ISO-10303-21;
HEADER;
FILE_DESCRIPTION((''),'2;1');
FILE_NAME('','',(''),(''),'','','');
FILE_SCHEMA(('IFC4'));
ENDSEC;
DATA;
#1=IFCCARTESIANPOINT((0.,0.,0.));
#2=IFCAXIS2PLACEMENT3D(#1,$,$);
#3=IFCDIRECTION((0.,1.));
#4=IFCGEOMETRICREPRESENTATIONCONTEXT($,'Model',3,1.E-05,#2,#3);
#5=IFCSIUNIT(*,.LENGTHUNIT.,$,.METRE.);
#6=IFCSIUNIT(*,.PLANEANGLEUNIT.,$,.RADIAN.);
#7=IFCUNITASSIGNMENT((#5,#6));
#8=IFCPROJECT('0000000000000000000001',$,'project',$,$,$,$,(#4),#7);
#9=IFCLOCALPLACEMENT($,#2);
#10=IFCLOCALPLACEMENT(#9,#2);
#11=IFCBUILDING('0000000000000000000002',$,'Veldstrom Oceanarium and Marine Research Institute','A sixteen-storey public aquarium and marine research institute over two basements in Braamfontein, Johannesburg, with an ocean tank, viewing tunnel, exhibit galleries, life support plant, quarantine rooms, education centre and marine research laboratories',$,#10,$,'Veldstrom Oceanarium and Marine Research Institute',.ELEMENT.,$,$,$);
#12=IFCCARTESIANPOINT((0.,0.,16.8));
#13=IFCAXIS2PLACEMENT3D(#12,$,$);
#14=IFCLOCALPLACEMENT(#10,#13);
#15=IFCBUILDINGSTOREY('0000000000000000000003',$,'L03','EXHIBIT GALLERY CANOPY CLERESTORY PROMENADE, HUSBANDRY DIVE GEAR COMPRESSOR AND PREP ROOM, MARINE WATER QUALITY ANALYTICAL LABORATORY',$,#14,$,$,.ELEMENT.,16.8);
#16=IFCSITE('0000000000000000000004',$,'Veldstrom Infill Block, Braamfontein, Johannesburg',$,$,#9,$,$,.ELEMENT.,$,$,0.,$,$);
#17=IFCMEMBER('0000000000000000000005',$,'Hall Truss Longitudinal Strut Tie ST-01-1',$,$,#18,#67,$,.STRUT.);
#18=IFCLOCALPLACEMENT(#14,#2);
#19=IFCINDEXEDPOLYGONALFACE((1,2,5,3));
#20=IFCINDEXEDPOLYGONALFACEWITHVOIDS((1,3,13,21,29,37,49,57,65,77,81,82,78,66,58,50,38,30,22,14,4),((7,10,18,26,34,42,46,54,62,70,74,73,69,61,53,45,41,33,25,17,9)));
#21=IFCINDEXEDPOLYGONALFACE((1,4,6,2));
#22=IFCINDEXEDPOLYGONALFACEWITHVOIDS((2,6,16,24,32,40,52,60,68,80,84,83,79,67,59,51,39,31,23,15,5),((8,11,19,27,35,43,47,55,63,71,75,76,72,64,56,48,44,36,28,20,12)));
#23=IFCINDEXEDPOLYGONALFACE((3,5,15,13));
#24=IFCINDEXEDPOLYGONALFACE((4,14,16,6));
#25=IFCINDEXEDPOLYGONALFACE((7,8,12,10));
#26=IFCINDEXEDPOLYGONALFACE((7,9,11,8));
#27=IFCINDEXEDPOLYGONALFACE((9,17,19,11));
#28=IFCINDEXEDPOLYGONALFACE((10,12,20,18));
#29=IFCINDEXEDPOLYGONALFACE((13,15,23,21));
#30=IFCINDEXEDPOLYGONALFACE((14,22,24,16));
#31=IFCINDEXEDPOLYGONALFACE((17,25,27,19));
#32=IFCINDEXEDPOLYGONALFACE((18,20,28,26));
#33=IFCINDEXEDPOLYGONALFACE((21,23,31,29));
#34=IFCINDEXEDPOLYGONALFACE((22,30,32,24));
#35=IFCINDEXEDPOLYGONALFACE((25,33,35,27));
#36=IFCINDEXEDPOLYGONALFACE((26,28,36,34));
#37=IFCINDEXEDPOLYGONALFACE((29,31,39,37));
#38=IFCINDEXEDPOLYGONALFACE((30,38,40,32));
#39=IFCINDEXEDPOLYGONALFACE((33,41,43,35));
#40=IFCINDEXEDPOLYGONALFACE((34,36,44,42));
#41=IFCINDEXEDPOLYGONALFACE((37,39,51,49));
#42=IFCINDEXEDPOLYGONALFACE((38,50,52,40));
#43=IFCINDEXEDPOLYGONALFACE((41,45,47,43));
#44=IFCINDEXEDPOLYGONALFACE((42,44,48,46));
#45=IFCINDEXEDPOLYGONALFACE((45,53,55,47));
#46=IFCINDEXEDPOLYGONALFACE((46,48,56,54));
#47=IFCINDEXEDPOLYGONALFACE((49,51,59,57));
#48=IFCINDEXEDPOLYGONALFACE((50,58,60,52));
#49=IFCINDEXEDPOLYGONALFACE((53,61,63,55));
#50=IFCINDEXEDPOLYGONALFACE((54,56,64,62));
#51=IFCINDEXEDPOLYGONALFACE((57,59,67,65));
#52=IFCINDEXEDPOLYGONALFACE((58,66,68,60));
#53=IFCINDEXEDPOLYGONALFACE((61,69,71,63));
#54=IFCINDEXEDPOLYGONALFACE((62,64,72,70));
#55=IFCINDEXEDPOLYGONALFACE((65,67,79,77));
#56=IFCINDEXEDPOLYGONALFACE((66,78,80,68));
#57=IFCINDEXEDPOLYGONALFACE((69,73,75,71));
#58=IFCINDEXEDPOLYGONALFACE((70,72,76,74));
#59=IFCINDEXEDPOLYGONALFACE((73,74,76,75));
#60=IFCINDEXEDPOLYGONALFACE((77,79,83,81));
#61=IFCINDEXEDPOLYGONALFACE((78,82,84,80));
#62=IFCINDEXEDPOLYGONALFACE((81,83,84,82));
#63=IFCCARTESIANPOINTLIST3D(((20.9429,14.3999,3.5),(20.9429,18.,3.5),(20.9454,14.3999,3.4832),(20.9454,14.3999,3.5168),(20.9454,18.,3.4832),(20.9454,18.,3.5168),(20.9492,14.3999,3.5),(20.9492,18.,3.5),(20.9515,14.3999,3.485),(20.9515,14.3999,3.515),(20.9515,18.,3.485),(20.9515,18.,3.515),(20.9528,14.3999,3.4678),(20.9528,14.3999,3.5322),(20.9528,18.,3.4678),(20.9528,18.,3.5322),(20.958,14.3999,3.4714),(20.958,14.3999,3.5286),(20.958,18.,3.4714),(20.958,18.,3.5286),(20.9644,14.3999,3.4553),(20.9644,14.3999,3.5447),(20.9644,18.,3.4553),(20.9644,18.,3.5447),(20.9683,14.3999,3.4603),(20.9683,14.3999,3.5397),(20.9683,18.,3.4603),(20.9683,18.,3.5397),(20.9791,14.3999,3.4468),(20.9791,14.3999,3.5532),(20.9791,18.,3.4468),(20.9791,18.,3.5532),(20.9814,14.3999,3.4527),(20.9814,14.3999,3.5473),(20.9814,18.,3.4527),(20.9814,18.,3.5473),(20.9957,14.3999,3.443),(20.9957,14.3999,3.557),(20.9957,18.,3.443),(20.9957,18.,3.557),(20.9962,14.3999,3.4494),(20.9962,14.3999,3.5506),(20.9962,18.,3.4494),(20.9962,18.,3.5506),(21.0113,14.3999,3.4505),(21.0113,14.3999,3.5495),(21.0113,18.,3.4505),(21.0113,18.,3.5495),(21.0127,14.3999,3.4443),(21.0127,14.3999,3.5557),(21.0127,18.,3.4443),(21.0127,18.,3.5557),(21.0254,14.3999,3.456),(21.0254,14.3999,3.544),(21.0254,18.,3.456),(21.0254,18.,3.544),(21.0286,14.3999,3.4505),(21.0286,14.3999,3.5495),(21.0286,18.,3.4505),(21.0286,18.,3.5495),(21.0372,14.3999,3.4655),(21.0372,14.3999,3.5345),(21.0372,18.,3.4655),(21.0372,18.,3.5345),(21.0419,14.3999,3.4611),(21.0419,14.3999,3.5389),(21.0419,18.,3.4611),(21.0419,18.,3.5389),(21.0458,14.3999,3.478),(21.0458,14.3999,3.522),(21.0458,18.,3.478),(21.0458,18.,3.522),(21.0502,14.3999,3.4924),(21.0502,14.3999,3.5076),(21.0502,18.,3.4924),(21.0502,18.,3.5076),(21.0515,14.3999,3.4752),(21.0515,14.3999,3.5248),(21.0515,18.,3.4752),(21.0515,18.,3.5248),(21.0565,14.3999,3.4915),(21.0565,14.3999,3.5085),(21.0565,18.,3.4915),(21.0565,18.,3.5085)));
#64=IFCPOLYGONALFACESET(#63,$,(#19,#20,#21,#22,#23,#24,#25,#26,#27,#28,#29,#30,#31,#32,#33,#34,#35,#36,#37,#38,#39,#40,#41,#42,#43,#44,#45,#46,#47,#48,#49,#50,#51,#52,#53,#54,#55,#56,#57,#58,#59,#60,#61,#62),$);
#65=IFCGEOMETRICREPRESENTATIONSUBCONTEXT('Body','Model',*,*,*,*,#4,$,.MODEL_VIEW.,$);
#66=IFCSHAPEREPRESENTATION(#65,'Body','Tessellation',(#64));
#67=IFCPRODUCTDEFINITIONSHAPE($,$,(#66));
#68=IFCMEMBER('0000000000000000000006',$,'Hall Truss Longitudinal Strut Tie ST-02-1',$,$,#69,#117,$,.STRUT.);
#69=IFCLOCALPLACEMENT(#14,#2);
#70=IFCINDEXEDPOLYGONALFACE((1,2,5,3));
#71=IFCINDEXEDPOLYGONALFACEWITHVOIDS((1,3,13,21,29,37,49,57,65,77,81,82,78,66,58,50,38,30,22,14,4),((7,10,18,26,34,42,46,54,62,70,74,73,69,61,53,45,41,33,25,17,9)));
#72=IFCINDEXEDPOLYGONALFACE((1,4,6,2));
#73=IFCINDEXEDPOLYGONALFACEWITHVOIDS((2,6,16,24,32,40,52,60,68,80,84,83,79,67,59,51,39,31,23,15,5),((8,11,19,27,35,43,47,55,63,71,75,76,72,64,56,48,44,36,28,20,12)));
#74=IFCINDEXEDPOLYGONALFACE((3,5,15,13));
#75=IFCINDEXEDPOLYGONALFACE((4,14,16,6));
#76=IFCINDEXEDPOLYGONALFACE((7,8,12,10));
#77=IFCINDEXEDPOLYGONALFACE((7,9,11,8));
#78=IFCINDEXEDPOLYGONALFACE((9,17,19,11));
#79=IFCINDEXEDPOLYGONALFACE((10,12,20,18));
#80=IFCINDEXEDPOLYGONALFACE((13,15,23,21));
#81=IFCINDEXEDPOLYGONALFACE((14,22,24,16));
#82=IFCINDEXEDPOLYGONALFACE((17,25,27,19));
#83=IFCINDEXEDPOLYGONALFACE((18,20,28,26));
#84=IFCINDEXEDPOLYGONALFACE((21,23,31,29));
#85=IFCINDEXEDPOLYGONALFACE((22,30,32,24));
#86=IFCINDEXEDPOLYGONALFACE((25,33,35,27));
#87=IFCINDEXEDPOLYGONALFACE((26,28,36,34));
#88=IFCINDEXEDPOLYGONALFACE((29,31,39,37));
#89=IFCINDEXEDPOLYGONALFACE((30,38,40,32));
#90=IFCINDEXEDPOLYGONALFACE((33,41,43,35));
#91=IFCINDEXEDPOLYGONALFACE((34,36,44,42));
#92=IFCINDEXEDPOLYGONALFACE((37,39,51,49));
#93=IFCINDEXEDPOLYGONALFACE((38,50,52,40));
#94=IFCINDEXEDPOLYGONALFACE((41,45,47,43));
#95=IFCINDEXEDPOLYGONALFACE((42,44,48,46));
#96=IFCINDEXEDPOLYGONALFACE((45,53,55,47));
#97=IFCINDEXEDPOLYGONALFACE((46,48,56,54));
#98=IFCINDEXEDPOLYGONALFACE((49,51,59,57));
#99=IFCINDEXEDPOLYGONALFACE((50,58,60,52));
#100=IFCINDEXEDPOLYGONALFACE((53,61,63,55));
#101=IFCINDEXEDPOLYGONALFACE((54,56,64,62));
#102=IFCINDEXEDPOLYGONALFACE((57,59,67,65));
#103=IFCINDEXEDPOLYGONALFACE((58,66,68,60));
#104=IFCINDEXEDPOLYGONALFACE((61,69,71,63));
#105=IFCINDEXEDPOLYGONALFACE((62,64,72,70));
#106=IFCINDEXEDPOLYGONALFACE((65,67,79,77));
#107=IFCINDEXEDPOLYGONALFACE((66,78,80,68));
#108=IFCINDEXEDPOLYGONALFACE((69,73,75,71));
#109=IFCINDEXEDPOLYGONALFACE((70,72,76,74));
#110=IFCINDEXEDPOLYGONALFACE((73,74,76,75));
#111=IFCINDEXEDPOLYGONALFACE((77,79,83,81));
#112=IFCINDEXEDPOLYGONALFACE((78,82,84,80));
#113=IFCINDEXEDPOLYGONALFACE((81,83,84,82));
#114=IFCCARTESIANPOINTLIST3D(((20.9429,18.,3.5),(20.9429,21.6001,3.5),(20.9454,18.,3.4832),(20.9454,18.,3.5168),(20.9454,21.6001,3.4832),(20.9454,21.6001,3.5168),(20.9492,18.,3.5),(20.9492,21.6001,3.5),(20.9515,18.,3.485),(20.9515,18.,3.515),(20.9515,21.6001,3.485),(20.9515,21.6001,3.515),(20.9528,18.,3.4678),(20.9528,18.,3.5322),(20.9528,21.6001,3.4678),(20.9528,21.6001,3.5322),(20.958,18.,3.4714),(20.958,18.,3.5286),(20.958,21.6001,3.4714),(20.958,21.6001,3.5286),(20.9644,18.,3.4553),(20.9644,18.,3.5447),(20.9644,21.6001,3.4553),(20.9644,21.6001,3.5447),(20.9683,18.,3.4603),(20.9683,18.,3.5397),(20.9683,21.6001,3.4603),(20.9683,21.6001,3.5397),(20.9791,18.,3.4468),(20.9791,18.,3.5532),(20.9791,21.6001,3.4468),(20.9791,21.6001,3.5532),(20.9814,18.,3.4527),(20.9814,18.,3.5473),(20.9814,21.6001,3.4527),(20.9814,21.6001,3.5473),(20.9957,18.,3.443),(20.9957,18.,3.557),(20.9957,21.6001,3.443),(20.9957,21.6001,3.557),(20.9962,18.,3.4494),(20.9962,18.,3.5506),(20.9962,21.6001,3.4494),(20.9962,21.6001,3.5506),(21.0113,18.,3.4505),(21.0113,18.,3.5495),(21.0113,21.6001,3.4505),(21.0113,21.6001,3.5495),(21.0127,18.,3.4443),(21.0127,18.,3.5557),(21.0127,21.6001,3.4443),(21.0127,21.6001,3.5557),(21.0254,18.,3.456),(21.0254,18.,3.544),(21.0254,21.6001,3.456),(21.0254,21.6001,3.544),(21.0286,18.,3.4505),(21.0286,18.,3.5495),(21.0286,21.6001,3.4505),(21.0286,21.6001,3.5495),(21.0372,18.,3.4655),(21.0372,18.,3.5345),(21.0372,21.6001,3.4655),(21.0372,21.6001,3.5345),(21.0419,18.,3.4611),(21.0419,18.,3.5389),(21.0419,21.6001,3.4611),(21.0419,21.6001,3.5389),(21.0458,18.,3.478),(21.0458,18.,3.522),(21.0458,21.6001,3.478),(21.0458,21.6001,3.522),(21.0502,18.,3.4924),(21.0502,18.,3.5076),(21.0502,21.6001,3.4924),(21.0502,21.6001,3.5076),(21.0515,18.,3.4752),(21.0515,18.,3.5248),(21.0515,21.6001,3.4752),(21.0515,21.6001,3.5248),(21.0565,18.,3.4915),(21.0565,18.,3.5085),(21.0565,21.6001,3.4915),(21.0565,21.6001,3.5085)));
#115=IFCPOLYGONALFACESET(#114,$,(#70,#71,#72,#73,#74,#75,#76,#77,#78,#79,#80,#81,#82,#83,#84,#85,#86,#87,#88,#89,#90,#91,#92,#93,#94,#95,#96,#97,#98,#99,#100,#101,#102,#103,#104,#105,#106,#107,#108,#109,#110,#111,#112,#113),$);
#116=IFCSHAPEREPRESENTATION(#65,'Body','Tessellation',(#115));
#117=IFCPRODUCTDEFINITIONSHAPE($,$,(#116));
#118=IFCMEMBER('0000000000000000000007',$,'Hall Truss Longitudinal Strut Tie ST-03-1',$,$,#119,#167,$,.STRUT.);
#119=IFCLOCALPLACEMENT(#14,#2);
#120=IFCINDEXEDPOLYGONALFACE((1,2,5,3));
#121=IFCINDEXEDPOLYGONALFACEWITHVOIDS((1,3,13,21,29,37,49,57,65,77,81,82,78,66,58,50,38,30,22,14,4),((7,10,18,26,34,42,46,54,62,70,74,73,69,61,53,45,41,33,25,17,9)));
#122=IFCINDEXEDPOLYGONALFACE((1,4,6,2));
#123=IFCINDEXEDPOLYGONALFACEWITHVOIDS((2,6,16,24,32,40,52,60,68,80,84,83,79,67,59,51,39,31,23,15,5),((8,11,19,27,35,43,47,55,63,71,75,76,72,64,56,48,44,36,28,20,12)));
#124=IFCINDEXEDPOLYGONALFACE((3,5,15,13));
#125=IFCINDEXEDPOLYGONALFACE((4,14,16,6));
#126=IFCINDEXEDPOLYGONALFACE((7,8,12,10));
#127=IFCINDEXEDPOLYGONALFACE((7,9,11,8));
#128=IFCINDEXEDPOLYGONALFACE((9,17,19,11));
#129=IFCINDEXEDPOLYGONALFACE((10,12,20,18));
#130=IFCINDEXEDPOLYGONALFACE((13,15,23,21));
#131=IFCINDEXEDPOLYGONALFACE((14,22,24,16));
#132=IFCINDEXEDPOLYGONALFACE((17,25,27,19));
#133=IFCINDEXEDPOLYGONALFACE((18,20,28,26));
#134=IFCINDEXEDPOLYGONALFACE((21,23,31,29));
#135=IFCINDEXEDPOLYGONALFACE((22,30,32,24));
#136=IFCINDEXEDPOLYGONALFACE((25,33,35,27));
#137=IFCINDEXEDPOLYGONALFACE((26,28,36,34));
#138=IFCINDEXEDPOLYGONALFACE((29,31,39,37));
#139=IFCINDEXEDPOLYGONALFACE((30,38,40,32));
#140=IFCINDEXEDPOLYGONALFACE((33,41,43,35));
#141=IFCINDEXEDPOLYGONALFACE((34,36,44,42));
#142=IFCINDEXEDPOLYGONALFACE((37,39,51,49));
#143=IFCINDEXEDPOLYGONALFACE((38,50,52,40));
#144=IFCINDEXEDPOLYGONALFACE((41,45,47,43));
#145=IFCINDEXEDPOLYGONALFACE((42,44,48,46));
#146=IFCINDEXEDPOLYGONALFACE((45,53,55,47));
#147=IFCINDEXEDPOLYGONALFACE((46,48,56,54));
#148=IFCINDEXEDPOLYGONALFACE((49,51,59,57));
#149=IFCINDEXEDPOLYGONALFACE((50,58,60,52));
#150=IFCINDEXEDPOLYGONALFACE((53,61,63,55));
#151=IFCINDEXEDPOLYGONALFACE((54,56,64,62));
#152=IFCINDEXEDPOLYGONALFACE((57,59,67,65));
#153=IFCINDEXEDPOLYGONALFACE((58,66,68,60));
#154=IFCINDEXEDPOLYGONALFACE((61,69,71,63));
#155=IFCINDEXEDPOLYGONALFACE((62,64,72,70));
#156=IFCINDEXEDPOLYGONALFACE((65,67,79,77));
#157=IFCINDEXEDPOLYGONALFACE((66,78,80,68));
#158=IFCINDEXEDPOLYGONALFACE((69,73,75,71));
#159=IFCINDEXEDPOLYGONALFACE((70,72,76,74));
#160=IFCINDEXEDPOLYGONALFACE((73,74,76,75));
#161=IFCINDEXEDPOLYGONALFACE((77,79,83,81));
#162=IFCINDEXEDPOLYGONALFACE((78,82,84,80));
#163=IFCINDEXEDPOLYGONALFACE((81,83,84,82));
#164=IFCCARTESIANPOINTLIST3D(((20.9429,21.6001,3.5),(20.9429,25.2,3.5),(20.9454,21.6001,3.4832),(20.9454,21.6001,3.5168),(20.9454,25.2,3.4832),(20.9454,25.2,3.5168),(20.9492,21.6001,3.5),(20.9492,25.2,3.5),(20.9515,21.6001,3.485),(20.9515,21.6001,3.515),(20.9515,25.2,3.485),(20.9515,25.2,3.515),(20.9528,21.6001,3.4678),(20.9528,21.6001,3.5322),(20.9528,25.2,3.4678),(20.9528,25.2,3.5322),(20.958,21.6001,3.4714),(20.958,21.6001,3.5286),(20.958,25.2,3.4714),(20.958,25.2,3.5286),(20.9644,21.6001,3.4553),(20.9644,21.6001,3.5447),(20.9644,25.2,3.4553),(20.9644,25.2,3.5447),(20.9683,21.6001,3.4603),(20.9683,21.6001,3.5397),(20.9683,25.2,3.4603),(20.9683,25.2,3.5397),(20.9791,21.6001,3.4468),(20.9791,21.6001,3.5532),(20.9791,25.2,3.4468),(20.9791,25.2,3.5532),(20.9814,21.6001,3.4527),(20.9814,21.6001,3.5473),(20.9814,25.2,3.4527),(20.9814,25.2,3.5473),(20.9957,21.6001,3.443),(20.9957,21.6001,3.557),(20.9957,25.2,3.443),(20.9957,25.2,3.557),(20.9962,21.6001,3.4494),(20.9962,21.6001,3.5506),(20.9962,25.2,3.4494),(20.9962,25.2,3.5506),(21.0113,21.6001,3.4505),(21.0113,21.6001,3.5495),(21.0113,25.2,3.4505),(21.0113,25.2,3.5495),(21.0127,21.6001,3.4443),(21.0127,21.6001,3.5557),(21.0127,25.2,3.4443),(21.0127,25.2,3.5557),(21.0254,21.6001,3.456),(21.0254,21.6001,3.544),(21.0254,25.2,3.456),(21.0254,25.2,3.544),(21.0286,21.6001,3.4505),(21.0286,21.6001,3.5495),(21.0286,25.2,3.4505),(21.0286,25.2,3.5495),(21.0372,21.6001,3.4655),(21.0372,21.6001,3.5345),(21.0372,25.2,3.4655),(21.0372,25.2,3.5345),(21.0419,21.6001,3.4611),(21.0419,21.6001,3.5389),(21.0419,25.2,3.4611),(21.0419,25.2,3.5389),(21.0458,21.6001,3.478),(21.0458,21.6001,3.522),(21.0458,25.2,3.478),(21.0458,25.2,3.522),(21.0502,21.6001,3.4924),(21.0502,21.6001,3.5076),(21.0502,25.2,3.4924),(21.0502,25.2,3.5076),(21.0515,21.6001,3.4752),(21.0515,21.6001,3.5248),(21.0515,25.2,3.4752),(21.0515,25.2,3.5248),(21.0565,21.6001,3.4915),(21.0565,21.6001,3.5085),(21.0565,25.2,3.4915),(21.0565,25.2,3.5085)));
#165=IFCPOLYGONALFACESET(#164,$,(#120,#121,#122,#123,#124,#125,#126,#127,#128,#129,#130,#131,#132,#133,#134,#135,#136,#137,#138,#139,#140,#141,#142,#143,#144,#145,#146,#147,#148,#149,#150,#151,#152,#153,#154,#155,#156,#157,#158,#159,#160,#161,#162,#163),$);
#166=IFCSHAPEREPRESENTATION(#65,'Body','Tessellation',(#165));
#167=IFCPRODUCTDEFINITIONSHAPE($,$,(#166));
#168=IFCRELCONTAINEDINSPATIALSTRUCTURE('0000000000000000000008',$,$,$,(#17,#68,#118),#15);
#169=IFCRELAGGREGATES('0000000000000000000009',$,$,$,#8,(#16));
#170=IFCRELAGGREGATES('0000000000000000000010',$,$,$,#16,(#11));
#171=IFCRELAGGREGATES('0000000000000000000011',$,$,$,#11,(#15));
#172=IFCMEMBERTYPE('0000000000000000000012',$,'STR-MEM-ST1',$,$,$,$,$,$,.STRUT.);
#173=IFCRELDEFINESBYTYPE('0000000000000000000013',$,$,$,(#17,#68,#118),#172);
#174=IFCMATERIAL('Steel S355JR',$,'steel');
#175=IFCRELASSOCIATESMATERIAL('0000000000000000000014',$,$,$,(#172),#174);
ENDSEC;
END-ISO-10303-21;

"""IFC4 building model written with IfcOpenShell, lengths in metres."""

from ifc_helpers import new_model, si_unit, direction, frame, origin, origin_2d, place, context, subcontext, project, spatial, hollow_circle, extrude, material, material_profile, profile_set, type_object, element, save


model = new_model("IFC4")

# Units and contexts
model_context = context("Model", 3, precision=1e-05, world=origin(), true_north=direction((0.0, 1.0)))
body_context = subcontext(model_context, "Body", "Model", "MODEL_VIEW")
ifc_project = project(units=[si_unit("LENGTHUNIT", "METRE"), si_unit("PLANEANGLEUNIT", "RADIAN")], contexts=[model_context])

# Site, building, storey
site_placement = place(None, origin())
site = spatial("IfcSite", under=ifc_project, at=site_placement, Name="Veldstrom Infill Block, Braamfontein, Johannesburg", CompositionType="ELEMENT", RefElevation=0.0)
building_placement = place(site_placement, origin())
building = spatial("IfcBuilding", under=site, at=building_placement, Name="Veldstrom Oceanarium and Marine Research Institute", Description="A sixteen-storey public aquarium and marine research institute over two basements in Braamfontein, Johannesburg, with an ocean tank, viewing tunnel, exhibit galleries, life support plant, quarantine rooms, education centre and marine research laboratories", LongName="Veldstrom Oceanarium and Marine Research Institute", CompositionType="ELEMENT")
storey_placement = place(building_placement, frame((0.0, 0.0, 16.8)))
storey = spatial("IfcBuildingStorey", under=building, at=storey_placement, Name="L03", Description="EXHIBIT GALLERY CANOPY CLERESTORY PROMENADE, HUSBANDRY DIVE GEAR COMPRESSOR AND PREP ROOM, MARINE WATER QUALITY ANALYTICAL LABORATORY", CompositionType="ELEMENT", Elevation=16.8)

# Members
ifc_material_1 = material(Name="Steel S355JR", Category="steel")
ifc_material_profile_1 = material_profile(ifc_material_1, hollow_circle(Radius=0.0571, WallThickness=0.0063, at=origin_2d()), Name="CHS 114.3x6.3")
ifc_profile_set_1 = profile_set([ifc_material_profile_1], Name="Steel S355JR")
member_type_1 = type_object("IfcMemberType", Name="STR-MEM-ST1", PredefinedType="STRUT", material=ifc_profile_set_1)
for number, where, z_axis, x_axis, name in (
    (1, (21.0, 14.3999, 3.5), (0.0, 1.0, 0.0), (-1.0, 0.0, 0.0), "Hall Truss Longitudinal Strut Tie ST-01-1"),
    (2, (21.0, 18.0, 3.5), (0.0, 1.0, 0.0), (-1.0, 0.0, 0.0), "Hall Truss Longitudinal Strut Tie ST-02-1"),
):
    element("IfcMember", number, at=place(storey_placement, frame(where, z_axis=z_axis, x_axis=x_axis)), inside=storey, type_object=member_type_1, Name=name, PredefinedType="STRUT", context=body_context, shape_type="SweptSolid", body=[
        extrude(hollow_circle(Radius=0.0571, WallThickness=0.0063, at=origin_2d()), origin(), (0.0, 0.0, 1.0), 3.6001),
    ])
member_1_placement = place(storey_placement, frame((21.0, 21.6001, 3.5), z_axis=(0.0, 1.0, 0.0), x_axis=(-1.0, 0.0, 0.0)))
element("IfcMember", 3, at=member_1_placement, inside=storey, type_object=member_type_1, Name="Hall Truss Longitudinal Strut Tie ST-03-1", PredefinedType="STRUT", context=body_context, shape_type="SweptSolid", body=[
    extrude(hollow_circle(Radius=0.0571, WallThickness=0.0063, at=origin_2d()), origin(), (0.0, 0.0, 1.0), 3.5999),
])

save(model, "model.ifc")
